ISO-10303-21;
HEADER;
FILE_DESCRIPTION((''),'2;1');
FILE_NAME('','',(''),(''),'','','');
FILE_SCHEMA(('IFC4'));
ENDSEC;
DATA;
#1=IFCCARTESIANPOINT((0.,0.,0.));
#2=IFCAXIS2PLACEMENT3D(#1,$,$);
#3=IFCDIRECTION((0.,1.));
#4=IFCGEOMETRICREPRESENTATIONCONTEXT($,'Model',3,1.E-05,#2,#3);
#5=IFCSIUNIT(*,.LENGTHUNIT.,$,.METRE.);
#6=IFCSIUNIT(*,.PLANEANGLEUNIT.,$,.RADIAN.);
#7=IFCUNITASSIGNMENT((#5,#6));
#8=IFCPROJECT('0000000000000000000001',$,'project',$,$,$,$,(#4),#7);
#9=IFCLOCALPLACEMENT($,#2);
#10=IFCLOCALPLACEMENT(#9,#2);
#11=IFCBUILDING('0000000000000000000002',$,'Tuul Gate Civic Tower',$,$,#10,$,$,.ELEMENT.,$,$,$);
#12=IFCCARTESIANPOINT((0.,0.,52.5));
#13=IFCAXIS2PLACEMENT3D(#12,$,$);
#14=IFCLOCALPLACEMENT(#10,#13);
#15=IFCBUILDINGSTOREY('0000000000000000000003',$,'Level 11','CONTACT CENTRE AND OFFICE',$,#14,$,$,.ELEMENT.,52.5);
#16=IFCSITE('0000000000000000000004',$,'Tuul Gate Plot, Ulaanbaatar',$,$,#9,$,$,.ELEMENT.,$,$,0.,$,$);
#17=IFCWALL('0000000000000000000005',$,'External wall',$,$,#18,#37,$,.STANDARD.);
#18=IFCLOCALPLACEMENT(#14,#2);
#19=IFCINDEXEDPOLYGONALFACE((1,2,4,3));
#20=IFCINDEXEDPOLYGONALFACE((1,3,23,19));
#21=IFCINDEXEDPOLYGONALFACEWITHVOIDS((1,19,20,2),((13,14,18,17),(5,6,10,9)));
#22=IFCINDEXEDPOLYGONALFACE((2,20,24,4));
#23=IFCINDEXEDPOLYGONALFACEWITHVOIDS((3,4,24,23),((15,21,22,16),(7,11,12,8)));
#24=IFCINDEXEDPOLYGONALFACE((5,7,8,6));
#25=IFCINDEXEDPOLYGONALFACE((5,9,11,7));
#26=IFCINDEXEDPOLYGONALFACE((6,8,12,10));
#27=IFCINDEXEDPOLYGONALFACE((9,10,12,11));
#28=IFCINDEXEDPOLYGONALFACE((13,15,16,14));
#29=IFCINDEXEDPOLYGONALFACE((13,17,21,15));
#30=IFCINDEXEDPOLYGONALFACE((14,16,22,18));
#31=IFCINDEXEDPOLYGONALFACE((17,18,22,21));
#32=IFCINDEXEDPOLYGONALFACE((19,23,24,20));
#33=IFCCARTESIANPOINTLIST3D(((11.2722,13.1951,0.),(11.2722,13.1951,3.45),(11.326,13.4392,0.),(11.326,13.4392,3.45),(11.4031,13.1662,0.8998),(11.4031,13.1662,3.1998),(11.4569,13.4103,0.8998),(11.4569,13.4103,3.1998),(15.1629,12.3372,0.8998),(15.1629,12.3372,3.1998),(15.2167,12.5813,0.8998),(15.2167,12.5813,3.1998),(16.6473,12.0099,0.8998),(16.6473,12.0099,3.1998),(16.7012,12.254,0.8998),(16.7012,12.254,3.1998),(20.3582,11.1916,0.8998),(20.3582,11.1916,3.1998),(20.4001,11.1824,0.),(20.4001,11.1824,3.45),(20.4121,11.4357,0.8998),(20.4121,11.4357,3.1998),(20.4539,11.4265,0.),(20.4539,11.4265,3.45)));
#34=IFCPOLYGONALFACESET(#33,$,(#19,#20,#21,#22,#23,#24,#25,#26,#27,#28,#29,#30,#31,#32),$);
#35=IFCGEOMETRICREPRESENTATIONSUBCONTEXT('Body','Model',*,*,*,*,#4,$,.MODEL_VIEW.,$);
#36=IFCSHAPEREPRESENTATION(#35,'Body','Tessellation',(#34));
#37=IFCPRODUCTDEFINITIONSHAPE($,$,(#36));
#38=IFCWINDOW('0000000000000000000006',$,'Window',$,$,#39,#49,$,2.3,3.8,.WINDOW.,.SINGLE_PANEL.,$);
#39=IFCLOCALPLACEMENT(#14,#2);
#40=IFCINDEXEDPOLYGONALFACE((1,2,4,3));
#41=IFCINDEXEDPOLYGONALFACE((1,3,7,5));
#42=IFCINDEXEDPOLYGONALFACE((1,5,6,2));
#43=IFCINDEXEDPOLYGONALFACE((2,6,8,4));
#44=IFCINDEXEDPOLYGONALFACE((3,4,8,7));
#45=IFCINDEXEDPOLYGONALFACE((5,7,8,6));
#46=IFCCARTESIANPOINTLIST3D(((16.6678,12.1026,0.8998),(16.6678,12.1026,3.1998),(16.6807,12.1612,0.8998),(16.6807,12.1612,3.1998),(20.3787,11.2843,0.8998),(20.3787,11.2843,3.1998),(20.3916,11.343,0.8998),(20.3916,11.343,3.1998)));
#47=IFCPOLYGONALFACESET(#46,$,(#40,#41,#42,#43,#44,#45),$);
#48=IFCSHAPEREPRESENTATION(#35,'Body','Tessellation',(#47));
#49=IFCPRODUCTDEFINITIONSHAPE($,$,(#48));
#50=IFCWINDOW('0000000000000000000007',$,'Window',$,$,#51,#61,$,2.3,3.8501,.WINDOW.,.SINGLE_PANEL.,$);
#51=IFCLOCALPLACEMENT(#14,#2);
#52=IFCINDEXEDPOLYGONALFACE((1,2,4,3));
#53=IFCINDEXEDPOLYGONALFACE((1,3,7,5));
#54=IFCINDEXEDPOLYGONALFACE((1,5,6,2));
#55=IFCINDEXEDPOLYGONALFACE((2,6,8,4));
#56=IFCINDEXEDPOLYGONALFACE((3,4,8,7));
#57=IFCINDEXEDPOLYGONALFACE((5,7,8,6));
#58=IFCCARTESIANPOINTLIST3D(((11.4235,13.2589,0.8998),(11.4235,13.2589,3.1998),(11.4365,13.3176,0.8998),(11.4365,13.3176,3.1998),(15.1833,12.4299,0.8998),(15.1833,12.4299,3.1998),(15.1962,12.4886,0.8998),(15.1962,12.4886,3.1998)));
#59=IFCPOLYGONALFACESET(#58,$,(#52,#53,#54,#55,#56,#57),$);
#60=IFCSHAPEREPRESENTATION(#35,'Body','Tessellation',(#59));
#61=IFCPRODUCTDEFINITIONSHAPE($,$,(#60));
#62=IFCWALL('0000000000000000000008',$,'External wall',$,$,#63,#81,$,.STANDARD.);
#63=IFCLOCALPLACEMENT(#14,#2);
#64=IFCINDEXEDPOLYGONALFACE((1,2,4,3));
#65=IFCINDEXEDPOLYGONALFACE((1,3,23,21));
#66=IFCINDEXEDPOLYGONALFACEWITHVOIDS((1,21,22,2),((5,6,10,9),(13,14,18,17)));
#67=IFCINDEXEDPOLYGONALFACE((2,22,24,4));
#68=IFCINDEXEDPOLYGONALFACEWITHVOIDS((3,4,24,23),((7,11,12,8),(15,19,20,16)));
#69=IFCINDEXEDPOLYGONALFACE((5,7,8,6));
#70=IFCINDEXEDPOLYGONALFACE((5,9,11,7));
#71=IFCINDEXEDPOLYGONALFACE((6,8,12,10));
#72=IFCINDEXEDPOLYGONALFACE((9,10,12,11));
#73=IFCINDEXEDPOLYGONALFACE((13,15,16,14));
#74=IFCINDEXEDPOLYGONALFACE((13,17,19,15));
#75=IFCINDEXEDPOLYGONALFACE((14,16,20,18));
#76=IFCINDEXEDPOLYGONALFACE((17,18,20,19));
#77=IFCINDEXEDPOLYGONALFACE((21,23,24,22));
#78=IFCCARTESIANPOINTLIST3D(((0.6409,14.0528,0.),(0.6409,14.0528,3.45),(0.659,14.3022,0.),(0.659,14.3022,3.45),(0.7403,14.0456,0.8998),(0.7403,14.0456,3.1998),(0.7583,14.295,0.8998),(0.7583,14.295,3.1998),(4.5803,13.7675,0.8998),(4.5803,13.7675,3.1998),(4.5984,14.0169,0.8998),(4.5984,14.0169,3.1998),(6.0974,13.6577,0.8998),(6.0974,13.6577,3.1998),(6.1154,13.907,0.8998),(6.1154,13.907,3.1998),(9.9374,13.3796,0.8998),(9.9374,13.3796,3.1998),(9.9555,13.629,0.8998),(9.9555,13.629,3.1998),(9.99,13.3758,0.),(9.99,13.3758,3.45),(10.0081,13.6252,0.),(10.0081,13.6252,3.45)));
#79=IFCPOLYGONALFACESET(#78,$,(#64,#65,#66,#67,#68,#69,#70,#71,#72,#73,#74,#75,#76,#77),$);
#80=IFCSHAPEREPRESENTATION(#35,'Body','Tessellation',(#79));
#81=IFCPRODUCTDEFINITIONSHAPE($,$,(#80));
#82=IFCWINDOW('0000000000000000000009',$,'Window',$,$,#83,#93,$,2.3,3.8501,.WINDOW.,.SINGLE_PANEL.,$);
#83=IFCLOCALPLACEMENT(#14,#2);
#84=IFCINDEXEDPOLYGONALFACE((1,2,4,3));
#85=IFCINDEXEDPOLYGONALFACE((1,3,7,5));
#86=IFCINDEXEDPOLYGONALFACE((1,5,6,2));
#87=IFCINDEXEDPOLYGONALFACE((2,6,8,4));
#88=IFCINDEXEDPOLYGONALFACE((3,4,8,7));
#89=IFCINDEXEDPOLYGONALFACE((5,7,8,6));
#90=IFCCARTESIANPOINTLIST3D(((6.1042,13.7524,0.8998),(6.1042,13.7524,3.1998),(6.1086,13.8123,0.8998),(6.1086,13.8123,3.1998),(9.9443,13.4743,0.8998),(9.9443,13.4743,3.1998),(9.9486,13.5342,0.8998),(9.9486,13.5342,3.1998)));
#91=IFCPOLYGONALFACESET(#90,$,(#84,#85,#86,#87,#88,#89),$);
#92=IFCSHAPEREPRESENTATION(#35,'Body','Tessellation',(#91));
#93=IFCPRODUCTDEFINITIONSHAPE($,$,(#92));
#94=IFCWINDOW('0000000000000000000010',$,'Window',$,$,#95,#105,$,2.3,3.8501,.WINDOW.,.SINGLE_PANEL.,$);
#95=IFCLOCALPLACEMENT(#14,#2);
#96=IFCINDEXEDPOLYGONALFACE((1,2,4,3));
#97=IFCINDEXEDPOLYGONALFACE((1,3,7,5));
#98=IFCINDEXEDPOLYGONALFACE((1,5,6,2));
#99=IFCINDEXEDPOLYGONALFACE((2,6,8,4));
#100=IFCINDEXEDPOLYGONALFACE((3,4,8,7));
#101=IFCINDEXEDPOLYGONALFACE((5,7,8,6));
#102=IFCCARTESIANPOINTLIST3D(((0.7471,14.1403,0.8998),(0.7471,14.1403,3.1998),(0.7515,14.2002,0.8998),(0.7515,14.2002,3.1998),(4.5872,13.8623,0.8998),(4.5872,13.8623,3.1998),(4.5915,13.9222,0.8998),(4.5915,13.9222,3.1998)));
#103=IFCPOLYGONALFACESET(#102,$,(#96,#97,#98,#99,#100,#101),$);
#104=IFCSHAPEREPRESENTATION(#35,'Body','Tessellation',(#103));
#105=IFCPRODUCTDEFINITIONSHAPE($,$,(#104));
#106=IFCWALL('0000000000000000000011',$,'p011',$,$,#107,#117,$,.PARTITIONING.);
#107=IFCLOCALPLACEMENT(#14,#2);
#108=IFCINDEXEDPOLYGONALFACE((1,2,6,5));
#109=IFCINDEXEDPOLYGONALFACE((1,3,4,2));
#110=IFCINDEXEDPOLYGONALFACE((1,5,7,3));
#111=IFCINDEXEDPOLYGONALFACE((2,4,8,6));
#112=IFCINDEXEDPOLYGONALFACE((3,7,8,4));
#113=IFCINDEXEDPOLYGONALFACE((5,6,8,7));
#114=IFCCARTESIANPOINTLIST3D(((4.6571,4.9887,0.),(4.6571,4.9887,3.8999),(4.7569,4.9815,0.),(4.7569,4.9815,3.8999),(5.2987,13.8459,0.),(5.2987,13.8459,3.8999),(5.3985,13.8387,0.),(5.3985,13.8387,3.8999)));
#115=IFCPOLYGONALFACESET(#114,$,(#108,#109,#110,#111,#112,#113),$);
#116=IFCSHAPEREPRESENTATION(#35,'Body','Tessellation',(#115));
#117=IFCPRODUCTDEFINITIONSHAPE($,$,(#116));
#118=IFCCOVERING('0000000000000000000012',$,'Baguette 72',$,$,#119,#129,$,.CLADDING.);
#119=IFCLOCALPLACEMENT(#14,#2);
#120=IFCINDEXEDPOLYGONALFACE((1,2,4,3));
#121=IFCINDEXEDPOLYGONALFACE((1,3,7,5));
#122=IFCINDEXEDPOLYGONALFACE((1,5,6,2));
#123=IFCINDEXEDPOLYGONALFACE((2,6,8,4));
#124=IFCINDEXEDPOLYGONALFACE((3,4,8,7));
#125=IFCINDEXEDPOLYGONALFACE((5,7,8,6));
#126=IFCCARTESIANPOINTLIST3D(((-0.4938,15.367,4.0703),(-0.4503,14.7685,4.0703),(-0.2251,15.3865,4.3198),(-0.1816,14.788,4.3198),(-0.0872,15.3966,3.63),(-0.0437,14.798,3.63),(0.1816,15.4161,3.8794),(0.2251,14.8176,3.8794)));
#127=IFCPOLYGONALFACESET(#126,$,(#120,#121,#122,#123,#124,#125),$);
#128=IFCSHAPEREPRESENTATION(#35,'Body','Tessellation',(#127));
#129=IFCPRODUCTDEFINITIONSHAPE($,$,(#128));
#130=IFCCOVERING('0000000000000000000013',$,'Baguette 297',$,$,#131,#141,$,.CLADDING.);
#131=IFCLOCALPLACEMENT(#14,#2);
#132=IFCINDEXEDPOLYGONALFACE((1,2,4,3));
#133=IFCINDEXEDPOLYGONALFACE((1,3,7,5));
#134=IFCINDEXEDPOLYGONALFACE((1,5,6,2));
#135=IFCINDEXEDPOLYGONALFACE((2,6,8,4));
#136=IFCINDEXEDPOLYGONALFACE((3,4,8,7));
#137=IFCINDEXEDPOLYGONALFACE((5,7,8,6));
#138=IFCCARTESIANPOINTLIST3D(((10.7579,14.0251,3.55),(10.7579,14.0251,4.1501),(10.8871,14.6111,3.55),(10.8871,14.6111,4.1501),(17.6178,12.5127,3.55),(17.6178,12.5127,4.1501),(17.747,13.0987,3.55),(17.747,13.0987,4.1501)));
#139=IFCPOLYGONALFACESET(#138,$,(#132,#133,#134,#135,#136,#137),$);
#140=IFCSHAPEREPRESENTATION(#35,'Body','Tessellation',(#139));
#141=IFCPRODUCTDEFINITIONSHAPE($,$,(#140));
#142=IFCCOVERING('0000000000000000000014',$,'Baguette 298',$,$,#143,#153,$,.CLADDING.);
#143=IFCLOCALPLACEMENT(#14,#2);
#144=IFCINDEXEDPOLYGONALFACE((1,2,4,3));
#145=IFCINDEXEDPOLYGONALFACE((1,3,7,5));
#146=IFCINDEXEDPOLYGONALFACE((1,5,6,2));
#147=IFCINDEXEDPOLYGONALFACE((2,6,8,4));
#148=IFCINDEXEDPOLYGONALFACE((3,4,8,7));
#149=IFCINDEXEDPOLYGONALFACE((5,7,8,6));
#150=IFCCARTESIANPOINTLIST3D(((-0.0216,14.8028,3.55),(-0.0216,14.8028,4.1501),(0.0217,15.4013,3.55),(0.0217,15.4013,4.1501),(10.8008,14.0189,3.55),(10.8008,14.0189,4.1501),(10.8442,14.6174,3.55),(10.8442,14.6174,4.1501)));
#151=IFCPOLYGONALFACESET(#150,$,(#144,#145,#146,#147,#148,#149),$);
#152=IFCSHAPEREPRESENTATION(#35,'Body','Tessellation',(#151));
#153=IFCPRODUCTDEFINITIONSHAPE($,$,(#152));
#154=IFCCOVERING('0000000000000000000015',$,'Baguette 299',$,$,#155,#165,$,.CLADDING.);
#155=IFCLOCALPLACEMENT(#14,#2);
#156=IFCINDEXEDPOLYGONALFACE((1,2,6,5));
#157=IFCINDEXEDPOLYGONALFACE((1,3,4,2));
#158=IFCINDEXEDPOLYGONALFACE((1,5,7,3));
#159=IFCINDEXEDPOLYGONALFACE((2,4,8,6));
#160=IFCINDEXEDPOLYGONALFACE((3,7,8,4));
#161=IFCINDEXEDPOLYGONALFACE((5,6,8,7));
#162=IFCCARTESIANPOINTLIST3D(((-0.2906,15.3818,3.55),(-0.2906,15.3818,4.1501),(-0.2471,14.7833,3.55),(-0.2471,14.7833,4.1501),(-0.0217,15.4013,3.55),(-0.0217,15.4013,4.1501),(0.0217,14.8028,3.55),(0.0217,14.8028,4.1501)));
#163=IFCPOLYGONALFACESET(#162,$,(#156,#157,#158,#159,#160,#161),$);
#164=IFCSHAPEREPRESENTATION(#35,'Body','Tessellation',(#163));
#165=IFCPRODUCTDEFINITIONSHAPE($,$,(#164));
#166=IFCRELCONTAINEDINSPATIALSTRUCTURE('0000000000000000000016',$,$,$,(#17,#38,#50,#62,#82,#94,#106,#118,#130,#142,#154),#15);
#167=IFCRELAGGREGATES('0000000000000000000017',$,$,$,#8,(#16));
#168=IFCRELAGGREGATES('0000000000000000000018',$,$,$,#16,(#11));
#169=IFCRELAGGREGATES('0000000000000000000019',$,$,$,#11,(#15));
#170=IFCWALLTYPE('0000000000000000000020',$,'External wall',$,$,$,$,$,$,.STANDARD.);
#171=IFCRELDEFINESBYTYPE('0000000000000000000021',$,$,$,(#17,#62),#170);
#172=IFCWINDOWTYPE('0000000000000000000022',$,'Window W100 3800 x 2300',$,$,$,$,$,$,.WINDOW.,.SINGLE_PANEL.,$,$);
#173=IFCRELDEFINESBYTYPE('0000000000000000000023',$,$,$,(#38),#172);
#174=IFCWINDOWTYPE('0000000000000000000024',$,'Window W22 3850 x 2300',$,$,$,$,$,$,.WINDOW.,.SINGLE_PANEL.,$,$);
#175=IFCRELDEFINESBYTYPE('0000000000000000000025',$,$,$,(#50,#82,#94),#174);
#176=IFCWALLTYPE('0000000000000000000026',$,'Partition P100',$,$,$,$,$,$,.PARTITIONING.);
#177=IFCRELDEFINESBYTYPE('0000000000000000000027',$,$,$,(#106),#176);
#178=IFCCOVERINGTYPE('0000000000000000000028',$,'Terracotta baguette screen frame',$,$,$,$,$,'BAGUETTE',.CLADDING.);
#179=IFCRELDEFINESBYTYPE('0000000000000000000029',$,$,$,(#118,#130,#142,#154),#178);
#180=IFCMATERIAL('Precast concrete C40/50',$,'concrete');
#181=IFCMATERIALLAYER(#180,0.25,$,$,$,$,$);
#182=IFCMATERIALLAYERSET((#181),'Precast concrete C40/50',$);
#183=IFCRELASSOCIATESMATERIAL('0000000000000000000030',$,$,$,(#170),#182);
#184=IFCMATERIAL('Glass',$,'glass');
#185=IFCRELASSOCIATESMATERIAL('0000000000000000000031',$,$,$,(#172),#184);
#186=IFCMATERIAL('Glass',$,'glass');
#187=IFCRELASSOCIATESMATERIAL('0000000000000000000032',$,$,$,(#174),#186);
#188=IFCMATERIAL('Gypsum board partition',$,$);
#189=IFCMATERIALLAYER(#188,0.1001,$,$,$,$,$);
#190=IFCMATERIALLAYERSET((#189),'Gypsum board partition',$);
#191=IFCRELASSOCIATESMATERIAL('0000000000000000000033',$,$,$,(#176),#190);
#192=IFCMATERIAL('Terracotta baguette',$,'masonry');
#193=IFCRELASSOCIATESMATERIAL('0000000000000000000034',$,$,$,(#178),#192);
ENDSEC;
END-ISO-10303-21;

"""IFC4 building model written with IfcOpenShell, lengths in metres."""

from ifc_helpers import new_model, si_unit, direction, frame, frame_2d, origin, origin_2d, place, context, subcontext, project, spatial, rectangle, extrude, material, layer, layer_set, material_profile, profile_set, type_object, element, fill, save


model = new_model("IFC4")

# Units and contexts
model_context = context("Model", 3, precision=1e-05, world=origin(), true_north=direction((0.0, 1.0)))
body_context = subcontext(model_context, "Body", "Model", "MODEL_VIEW")
ifc_project = project(units=[si_unit("LENGTHUNIT", "METRE"), si_unit("PLANEANGLEUNIT", "RADIAN")], contexts=[model_context])

# Site, building, storey
site_placement = place(None, origin())
site = spatial("IfcSite", under=ifc_project, at=site_placement, Name="Tuul Gate Plot, Ulaanbaatar", CompositionType="ELEMENT", RefElevation=0.0)
building_placement = place(site_placement, origin())
building = spatial("IfcBuilding", under=site, at=building_placement, Name="Tuul Gate Civic Tower", CompositionType="ELEMENT")
storey_placement = place(building_placement, frame((0.0, 0.0, 52.5)))
storey = spatial("IfcBuildingStorey", under=building, at=storey_placement, Name="Level 11", Description="CONTACT CENTRE AND OFFICE", CompositionType="ELEMENT", Elevation=52.5)

# Walls, openings, windows
ifc_material_1 = material(Name="Precast concrete C40/50", Category="concrete")
ifc_layer_1 = layer(ifc_material_1, 0.25)
ifc_layer_set_1 = layer_set([ifc_layer_1], Name="Precast concrete C40/50")
wall_type_1 = type_object("IfcWallType", Name="External wall", PredefinedType="STANDARD", material=ifc_layer_set_1)
wall_1_placement = place(storey_placement, frame((20.427, 11.3044, 0.0), z_axis=(0.0, 0.0, 1.0), x_axis=(-0.976542, 0.215326, 0.0)))
wall_1 = element("IfcWall", 1, at=wall_1_placement, inside=storey, type_object=wall_type_1, Name="External wall", PredefinedType="STANDARD", context=body_context, shape_type="SweptSolid", body=[
    extrude(rectangle(XDim=9.3472, YDim=0.25, at=frame_2d((4.6736, 0.0))), origin(), (0.0, 0.0, 1.0), 3.45),
])
opening_1_placement = place(wall_1_placement, frame((0.043, 0.0, 0.8999)))
opening_1 = element("IfcOpeningElement", 2, at=opening_1_placement, cuts=wall_1, PredefinedType="OPENING", context=body_context, shape_type="SweptSolid", body=[
    extrude(rectangle(XDim=3.8, YDim=2.3, at=frame_2d((1.8999, 1.1499))), frame((0.0, 0.135, 0.0), z_axis=(0.0, -1.0, 0.0), x_axis=(1.0, 0.0, 0.0)), (0.0, 0.0, 1.0), 0.27),
])
opening_2_placement = place(wall_1_placement, frame((5.363, 0.0, 0.8999)))
opening_2 = element("IfcOpeningElement", 3, at=opening_2_placement, cuts=wall_1, PredefinedType="OPENING", context=body_context, shape_type="SweptSolid", body=[
    extrude(rectangle(XDim=3.8501, YDim=2.3, at=frame_2d((1.925, 1.1499))), frame((0.0, 0.135, 0.0), z_axis=(0.0, -1.0, 0.0), x_axis=(1.0, 0.0, 0.0)), (0.0, 0.0, 1.0), 0.27),
])
ifc_material_2 = material(Name="Glass", Category="glass")
window_type_1 = type_object("IfcWindowType", Name="Window W100 3800 x 2300", PartitioningType="SINGLE_PANEL", PredefinedType="WINDOW", material=ifc_material_2)
window_1_placement = place(opening_1_placement, origin())
window_1 = element("IfcWindow", 4, at=window_1_placement, inside=storey, type_object=window_type_1, Name="Window", OverallHeight=2.3, OverallWidth=3.8, PartitioningType="SINGLE_PANEL", PredefinedType="WINDOW", context=body_context, shape_type="SweptSolid", body=[
    extrude(rectangle(XDim=3.8, YDim=2.3, at=frame_2d((1.8999, 1.1499))), frame((0.0, 0.03, 0.0), z_axis=(0.0, -1.0, 0.0), x_axis=(1.0, 0.0, 0.0)), (0.0, 0.0, 1.0), 0.0601),
])
fill(opening_1, window_1)
ifc_material_3 = material(Name="Glass", Category="glass")
window_type_2 = type_object("IfcWindowType", Name="Window W22 3850 x 2300", PartitioningType="SINGLE_PANEL", PredefinedType="WINDOW", material=ifc_material_3)
window_2_placement = place(opening_2_placement, origin())
window_2 = element("IfcWindow", 5, at=window_2_placement, inside=storey, type_object=window_type_2, Name="Window", OverallHeight=2.3, OverallWidth=3.8501, PartitioningType="SINGLE_PANEL", PredefinedType="WINDOW", context=body_context, shape_type="SweptSolid", body=[
    extrude(rectangle(XDim=3.8501, YDim=2.3, at=frame_2d((1.925, 1.1499))), frame((0.0, 0.03, 0.0), z_axis=(0.0, -1.0, 0.0), x_axis=(1.0, 0.0, 0.0)), (0.0, 0.0, 1.0), 0.0601),
])
fill(opening_2, window_2)
wall_2_placement = place(storey_placement, frame((9.999, 13.5005, 0.0), z_axis=(0.0, 0.0, 1.0), x_axis=(-0.997388, 0.072224, 0.0)))
wall_2 = element("IfcWall", 6, at=wall_2_placement, inside=storey, type_object=wall_type_1, Name="External wall", PredefinedType="STANDARD", context=body_context, shape_type="SweptSolid", body=[
    extrude(rectangle(XDim=9.3735, YDim=0.25, at=frame_2d((4.6868, 0.0))), origin(), (0.0, 0.0, 1.0), 3.45),
])
opening_3_placement = place(wall_2_placement, frame((0.0527, 0.0, 0.8999)))
opening_3 = element("IfcOpeningElement", 7, at=opening_3_placement, cuts=wall_2, PredefinedType="OPENING", context=body_context, shape_type="SweptSolid", body=[
    extrude(rectangle(XDim=3.8501, YDim=2.3, at=frame_2d((1.925, 1.1499))), frame((0.0, 0.135, 0.0), z_axis=(0.0, -1.0, 0.0), x_axis=(1.0, 0.0, 0.0)), (0.0, 0.0, 1.0), 0.27),
])
opening_4_placement = place(wall_2_placement, frame((5.4238, 0.0, 0.8999)))
opening_4 = element("IfcOpeningElement", 8, at=opening_4_placement, cuts=wall_2, PredefinedType="OPENING", context=body_context, shape_type="SweptSolid", body=[
    extrude(rectangle(XDim=3.8501, YDim=2.3, at=frame_2d((1.925, 1.1499))), frame((0.0, 0.135, 0.0), z_axis=(0.0, -1.0, 0.0), x_axis=(1.0, 0.0, 0.0)), (0.0, 0.0, 1.0), 0.27),
])
window_3_placement = place(opening_3_placement, origin())
window_3 = element("IfcWindow", 9, at=window_3_placement, inside=storey, type_object=window_type_2, Name="Window", OverallHeight=2.3, OverallWidth=3.8501, PartitioningType="SINGLE_PANEL", PredefinedType="WINDOW", context=body_context, shape_type="SweptSolid", body=[
    extrude(rectangle(XDim=3.8501, YDim=2.3, at=frame_2d((1.925, 1.1499))), frame((0.0, 0.03, 0.0), z_axis=(0.0, -1.0, 0.0), x_axis=(1.0, 0.0, 0.0)), (0.0, 0.0, 1.0), 0.0601),
])
fill(opening_3, window_3)
window_4_placement = place(opening_4_placement, origin())
window_4 = element("IfcWindow", 10, at=window_4_placement, inside=storey, type_object=window_type_2, Name="Window", OverallHeight=2.3, OverallWidth=3.8501, PartitioningType="SINGLE_PANEL", PredefinedType="WINDOW", context=body_context, shape_type="SweptSolid", body=[
    extrude(rectangle(XDim=3.8501, YDim=2.3, at=frame_2d((1.925, 1.1499))), frame((0.0, 0.03, 0.0), z_axis=(0.0, -1.0, 0.0), x_axis=(1.0, 0.0, 0.0)), (0.0, 0.0, 1.0), 0.0601),
])
fill(opening_4, window_4)

# Wall
ifc_material_4 = material(Name="Gypsum board partition")
ifc_layer_2 = layer(ifc_material_4, 0.1001)
ifc_layer_set_2 = layer_set([ifc_layer_2], Name="Gypsum board partition")
wall_type_2 = type_object("IfcWallType", Name="Partition P100", PredefinedType="PARTITIONING", material=ifc_layer_set_2)
wall_3_placement = place(storey_placement, frame((4.707, 4.9851, 0.0), z_axis=(0.0, 0.0, 1.0), x_axis=(0.072249, 0.997387, 0.0)))
element("IfcWall", 11, at=wall_3_placement, inside=storey, type_object=wall_type_2, Name="p011", PredefinedType="PARTITIONING", context=body_context, shape_type="SweptSolid", body=[
    extrude(rectangle(XDim=8.8804, YDim=0.1001, at=frame_2d((4.4402, 0.0))), origin(), (0.0, 0.0, 1.0), 3.8999),
])

# Coverings
ifc_material_5 = material(Name="Terracotta baguette", Category="masonry")
ifc_material_profile_1 = material_profile(ifc_material_5, rectangle(XDim=0.6001, YDim=0.6001, at=origin_2d()), Name="Terracotta baguette screen frame")
ifc_profile_set_1 = profile_set([ifc_material_profile_1], Name="Terracotta baguette")
covering_type = type_object("IfcCoveringType", Name="Terracotta baguette screen frame", ElementType="BAGUETTE", PredefinedType="CLADDING", material=ifc_profile_set_1)
covering_1_placement = place(storey_placement, frame((0.0, 15.1021, 4.0996), z_axis=(-0.731875, -0.053179, -0.679361), x_axis=(0.07247, -0.997371, 0.0)))
element("IfcCovering", 12, at=covering_1_placement, inside=storey, type_object=covering_type, Name="Baguette 72", PredefinedType="CLADDING", context=body_context, shape_type="SweptSolid", body=[
    extrude(rectangle(XDim=0.6001, YDim=0.6001, at=origin_2d()), origin(), (0.0, 0.0, 1.0), 0.3672),
])
covering_2_placement = place(storey_placement, frame((17.6824, 12.8057, 3.8501), z_axis=(-0.976546, 0.215307, 0.0), x_axis=(-0.215307, -0.976546, 0.0)))
element("IfcCovering", 13, at=covering_2_placement, inside=storey, type_object=covering_type, Name="Baguette 297", PredefinedType="CLADDING", context=body_context, shape_type="SweptSolid", body=[
    extrude(rectangle(XDim=0.6001, YDim=0.6001, at=origin_2d()), origin(), (0.0, 0.0, 1.0), 7.0247),
])
covering_3_placement = place(storey_placement, frame((10.8225, 14.3181, 3.8501), z_axis=(-0.997387, 0.072246, 0.0), x_axis=(-0.072246, -0.997387, 0.0)))
element("IfcCovering", 14, at=covering_3_placement, inside=storey, type_object=covering_type, Name="Baguette 298", PredefinedType="CLADDING", context=body_context, shape_type="SweptSolid", body=[
    extrude(rectangle(XDim=0.6001, YDim=0.6001, at=origin_2d()), origin(), (0.0, 0.0, 1.0), 10.8508),
])
covering_4_placement = place(storey_placement, frame((0.0, 15.1021, 3.8501), z_axis=(-0.997371, -0.07247, 0.0), x_axis=(0.07247, -0.997371, 0.0)))
element("IfcCovering", 15, at=covering_4_placement, inside=storey, type_object=covering_type, Name="Baguette 299", PredefinedType="CLADDING", context=body_context, shape_type="SweptSolid", body=[
    extrude(rectangle(XDim=0.6001, YDim=0.6001, at=origin_2d()), origin(), (0.0, 0.0, 1.0), 0.2695),
])

save(model, "model.ifc")
